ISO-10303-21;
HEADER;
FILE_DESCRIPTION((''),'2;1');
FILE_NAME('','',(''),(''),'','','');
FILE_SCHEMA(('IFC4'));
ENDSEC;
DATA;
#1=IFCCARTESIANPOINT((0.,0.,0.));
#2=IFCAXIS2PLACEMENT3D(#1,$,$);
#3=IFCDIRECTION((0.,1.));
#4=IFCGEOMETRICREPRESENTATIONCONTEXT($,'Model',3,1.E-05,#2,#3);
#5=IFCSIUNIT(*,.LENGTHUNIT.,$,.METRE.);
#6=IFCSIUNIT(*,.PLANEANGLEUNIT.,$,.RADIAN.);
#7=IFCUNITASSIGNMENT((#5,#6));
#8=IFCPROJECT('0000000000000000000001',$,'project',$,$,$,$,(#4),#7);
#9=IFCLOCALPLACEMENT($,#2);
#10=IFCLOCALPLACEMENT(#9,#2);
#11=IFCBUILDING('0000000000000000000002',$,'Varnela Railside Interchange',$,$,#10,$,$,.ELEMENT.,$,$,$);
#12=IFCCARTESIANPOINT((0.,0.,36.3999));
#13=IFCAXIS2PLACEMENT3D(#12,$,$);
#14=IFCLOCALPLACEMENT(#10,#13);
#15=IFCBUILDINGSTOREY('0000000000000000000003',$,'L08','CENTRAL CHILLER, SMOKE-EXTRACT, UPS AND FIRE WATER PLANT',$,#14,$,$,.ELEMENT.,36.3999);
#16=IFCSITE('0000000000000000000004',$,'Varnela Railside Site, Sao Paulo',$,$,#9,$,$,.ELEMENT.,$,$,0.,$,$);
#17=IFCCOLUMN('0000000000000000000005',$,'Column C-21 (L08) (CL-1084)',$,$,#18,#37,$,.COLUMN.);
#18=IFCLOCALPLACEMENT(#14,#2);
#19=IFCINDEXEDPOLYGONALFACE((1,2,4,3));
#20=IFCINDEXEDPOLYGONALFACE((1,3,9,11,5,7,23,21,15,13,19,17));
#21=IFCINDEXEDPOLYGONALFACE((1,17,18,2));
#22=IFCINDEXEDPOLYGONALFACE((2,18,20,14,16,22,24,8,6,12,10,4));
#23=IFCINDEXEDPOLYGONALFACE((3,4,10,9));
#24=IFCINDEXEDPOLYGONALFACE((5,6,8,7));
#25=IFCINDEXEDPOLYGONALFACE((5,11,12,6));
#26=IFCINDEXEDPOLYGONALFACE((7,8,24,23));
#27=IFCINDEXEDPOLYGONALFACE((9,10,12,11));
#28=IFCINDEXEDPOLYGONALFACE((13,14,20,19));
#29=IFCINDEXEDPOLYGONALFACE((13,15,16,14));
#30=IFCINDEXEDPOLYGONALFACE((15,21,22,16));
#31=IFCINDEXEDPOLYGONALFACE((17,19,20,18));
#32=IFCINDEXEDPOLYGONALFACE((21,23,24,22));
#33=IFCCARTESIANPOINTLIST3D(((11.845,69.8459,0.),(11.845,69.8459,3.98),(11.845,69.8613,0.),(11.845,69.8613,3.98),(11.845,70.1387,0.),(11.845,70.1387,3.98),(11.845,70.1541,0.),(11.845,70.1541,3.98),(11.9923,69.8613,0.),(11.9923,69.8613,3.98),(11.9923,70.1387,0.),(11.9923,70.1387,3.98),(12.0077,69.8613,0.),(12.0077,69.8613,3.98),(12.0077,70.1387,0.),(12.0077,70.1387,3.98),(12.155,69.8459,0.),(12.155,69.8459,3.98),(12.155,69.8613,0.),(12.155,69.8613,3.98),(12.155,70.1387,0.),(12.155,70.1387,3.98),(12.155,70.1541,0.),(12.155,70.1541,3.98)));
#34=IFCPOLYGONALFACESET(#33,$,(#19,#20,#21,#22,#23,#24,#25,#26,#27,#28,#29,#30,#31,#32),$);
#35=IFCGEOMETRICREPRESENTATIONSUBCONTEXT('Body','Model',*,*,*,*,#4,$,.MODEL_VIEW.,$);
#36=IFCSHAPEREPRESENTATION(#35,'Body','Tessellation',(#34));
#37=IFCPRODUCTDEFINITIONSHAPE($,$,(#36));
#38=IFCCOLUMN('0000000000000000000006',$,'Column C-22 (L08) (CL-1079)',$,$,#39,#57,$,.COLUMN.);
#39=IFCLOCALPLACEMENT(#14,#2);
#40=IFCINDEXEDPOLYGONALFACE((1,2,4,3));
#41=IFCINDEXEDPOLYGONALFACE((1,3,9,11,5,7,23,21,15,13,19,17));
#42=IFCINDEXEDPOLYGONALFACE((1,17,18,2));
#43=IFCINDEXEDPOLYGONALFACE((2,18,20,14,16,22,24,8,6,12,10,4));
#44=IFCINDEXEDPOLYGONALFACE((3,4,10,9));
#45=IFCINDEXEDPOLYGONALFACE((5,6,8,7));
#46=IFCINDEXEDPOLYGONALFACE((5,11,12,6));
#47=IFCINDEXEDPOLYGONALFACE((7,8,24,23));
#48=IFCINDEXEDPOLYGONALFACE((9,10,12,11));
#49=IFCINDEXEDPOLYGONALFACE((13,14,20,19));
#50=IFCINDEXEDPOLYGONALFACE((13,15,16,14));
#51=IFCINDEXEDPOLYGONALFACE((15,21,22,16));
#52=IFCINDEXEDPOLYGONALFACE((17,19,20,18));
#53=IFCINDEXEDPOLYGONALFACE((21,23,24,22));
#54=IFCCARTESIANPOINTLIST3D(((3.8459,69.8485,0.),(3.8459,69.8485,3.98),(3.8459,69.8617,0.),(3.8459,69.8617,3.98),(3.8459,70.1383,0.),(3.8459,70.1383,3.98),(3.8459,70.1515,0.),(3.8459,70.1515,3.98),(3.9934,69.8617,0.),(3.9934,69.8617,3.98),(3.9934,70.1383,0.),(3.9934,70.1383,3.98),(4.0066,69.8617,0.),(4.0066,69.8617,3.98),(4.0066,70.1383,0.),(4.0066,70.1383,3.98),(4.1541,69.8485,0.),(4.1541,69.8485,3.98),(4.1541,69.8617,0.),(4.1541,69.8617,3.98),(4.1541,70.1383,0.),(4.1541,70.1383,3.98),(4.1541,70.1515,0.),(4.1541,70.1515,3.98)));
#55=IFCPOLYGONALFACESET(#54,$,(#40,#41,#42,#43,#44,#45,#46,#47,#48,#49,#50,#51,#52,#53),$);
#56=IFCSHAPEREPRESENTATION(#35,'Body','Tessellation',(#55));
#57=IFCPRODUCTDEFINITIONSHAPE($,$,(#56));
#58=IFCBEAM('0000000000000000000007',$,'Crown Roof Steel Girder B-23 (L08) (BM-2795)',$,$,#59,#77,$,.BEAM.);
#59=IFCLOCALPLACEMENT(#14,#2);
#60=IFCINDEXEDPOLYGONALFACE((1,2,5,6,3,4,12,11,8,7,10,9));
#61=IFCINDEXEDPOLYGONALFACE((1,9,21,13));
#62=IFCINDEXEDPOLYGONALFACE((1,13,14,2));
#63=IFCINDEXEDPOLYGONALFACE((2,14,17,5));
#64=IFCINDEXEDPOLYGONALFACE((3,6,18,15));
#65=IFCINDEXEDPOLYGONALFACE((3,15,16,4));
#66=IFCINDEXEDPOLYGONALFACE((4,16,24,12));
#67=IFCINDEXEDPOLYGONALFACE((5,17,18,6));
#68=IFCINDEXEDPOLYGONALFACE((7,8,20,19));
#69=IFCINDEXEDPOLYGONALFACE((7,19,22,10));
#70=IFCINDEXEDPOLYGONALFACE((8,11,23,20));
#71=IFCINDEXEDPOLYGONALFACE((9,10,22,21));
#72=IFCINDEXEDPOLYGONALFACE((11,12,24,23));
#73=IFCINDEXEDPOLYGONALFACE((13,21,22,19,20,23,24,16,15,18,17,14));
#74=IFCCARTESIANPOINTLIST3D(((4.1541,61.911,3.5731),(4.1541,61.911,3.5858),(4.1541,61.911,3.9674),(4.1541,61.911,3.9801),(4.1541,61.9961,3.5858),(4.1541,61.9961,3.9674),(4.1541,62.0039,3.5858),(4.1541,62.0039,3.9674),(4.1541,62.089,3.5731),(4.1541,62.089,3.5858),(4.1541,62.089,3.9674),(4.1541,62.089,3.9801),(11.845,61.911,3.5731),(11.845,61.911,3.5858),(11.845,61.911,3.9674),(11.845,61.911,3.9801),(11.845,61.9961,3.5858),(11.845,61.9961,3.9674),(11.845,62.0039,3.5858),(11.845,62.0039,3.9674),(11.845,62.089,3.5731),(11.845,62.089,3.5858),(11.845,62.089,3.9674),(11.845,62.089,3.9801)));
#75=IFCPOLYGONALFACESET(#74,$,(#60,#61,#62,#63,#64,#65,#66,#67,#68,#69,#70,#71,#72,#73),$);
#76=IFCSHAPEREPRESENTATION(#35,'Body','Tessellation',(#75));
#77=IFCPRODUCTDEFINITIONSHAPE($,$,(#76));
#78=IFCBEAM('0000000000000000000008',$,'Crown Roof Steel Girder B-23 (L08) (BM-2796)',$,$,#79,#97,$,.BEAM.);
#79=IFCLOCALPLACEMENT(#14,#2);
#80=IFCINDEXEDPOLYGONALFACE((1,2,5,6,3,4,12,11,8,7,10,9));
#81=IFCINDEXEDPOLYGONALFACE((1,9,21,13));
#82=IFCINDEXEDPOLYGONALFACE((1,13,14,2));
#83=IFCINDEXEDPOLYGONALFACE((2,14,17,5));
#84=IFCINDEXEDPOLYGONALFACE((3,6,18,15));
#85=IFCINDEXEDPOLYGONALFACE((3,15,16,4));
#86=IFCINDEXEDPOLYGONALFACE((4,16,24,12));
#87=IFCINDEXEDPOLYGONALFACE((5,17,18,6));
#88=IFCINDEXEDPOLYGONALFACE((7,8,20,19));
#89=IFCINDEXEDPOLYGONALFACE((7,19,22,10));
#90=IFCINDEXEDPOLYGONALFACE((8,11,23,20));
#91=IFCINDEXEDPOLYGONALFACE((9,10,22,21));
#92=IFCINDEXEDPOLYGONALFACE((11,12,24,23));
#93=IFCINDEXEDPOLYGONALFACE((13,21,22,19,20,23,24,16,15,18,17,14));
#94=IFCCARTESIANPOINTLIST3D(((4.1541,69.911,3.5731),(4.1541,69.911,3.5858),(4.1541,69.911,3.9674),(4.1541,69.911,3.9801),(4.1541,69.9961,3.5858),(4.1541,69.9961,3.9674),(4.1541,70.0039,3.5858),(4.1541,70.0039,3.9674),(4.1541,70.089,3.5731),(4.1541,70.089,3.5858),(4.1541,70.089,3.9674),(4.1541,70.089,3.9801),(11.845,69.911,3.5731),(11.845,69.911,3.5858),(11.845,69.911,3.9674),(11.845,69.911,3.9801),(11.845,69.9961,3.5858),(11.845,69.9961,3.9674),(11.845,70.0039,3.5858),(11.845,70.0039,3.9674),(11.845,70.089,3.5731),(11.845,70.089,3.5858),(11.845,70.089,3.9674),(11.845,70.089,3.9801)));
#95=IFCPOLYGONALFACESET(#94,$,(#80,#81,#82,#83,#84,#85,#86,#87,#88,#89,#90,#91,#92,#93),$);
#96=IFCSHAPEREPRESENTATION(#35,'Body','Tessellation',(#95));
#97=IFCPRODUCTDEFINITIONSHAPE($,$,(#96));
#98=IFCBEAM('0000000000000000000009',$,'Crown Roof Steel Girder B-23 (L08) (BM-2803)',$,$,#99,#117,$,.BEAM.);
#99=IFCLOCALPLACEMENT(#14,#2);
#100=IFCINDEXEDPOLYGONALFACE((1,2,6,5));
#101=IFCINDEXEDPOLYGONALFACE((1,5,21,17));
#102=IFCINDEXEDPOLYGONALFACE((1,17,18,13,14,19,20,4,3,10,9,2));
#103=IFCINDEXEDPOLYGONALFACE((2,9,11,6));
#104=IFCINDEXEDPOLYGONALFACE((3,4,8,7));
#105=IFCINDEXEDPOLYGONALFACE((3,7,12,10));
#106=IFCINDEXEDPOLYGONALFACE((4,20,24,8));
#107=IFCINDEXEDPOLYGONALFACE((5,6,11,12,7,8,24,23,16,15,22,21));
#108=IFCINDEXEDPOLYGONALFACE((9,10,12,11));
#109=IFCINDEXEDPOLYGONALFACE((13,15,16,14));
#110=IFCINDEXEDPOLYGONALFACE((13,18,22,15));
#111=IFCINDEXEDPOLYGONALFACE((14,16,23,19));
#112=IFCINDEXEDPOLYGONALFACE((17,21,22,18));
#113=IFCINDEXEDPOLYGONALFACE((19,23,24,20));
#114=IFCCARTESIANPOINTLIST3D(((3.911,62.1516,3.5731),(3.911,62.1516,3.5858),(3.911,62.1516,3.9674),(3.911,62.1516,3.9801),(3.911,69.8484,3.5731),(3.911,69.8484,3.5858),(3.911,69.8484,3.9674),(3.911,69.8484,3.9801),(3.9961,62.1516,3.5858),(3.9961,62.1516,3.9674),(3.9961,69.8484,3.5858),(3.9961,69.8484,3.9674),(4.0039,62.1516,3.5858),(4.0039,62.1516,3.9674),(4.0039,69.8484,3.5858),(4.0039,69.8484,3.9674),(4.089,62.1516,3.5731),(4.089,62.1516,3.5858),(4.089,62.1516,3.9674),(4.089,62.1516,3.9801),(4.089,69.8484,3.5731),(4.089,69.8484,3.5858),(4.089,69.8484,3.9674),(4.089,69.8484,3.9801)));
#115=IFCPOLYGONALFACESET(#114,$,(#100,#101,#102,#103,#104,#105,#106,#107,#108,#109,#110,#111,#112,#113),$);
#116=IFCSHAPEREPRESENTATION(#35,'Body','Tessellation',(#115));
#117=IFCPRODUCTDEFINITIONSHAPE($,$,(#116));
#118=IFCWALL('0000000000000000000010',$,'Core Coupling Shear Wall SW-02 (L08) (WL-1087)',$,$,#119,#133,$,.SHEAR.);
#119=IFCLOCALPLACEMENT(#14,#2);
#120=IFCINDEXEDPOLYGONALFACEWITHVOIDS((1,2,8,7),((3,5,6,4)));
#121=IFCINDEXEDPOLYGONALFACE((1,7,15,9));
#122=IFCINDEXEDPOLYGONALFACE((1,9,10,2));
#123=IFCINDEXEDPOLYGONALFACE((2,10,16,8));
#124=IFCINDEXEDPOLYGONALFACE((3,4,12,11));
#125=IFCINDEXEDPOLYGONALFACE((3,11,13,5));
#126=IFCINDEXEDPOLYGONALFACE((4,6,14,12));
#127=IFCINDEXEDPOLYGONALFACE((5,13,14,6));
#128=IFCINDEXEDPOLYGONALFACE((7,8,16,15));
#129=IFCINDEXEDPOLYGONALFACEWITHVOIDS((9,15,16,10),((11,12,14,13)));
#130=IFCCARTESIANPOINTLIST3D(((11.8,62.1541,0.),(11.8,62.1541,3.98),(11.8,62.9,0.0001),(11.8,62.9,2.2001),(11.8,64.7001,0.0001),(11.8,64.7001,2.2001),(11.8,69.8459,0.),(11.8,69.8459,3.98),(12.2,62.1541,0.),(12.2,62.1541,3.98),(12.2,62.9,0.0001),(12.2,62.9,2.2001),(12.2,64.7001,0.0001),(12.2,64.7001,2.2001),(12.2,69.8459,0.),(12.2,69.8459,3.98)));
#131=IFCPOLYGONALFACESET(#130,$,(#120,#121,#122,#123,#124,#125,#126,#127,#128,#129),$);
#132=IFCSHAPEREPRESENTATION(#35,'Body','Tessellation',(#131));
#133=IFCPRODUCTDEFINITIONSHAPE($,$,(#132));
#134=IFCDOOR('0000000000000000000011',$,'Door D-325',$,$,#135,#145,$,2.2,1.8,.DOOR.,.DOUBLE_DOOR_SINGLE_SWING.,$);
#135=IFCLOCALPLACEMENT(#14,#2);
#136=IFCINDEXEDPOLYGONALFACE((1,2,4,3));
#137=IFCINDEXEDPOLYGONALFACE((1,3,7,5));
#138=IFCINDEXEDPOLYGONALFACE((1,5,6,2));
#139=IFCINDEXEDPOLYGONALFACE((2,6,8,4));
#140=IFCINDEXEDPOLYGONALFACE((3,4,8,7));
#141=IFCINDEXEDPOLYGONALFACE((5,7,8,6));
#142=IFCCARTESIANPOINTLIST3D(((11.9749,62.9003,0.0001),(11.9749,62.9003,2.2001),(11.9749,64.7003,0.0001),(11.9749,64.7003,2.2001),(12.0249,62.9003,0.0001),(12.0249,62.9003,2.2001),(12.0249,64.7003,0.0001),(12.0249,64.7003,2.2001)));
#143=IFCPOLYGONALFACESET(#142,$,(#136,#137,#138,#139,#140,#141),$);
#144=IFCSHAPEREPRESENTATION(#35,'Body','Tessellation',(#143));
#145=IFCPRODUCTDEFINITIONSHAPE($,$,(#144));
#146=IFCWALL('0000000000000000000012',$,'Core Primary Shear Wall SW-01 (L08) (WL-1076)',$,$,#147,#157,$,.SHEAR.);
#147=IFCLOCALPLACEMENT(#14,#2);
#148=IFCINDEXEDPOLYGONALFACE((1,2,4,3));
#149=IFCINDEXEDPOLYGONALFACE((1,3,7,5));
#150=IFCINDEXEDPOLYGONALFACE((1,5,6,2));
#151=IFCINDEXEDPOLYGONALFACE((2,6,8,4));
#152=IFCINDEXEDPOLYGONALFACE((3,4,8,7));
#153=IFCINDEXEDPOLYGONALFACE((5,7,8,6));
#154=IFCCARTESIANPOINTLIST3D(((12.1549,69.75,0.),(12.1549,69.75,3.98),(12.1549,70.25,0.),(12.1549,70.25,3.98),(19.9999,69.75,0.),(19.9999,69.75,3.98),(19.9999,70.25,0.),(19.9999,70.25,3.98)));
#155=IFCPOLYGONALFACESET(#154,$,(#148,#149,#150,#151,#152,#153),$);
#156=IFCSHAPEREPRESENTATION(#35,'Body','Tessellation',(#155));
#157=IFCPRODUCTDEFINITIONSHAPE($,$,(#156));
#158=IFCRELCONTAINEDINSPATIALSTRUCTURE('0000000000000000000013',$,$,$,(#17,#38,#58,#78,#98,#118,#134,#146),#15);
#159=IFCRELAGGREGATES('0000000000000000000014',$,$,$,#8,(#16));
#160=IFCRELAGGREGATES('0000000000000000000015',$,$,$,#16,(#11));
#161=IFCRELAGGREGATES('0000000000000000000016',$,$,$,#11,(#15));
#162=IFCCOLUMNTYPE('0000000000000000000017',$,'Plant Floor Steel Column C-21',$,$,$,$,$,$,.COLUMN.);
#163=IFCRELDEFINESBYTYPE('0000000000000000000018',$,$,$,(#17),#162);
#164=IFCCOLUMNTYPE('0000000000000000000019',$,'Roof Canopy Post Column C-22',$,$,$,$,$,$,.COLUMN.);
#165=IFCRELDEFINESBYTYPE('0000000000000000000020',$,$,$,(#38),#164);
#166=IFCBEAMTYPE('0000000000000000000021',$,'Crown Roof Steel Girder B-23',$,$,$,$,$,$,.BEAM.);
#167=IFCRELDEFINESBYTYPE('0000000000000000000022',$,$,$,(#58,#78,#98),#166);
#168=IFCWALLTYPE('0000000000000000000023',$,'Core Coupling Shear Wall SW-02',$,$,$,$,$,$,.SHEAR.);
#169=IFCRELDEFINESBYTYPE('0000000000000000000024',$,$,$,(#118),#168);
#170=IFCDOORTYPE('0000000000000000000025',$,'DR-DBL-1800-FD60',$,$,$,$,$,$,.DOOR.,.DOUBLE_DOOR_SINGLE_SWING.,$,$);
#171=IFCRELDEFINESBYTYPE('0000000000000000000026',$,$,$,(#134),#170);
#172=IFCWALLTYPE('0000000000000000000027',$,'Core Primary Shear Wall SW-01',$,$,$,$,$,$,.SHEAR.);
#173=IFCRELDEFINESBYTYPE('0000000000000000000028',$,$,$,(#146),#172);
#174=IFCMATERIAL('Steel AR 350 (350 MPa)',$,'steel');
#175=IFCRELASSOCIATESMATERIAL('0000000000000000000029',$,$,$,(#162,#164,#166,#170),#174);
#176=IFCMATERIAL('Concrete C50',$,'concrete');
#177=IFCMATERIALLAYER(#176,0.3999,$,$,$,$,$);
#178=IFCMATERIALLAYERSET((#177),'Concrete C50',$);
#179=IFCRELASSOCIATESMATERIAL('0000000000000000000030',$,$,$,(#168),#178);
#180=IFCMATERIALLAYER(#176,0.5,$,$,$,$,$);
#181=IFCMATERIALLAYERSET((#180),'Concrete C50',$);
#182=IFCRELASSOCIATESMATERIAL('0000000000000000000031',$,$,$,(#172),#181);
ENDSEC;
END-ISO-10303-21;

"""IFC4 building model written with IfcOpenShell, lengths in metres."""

from ifc_helpers import new_model, si_unit, direction, frame, frame_2d, origin, origin_2d, place, context, subcontext, project, spatial, rectangle, i_section, extrude, material, layer, layer_set, material_profile, profile_set, type_object, element, fill, save


model = new_model("IFC4")

# Units and contexts
model_context = context("Model", 3, precision=1e-05, world=origin(), true_north=direction((0.0, 1.0)))
body_context = subcontext(model_context, "Body", "Model", "MODEL_VIEW")
ifc_project = project(units=[si_unit("LENGTHUNIT", "METRE"), si_unit("PLANEANGLEUNIT", "RADIAN")], contexts=[model_context])

# Site, building, storey
site_placement = place(None, origin())
site = spatial("IfcSite", under=ifc_project, at=site_placement, Name="Varnela Railside Site, Sao Paulo", CompositionType="ELEMENT", RefElevation=0.0)
building_placement = place(site_placement, origin())
building = spatial("IfcBuilding", under=site, at=building_placement, Name="Varnela Railside Interchange", CompositionType="ELEMENT")
storey_placement = place(building_placement, frame((0.0, 0.0, 36.3999)))
storey = spatial("IfcBuildingStorey", under=building, at=storey_placement, Name="L08", Description="CENTRAL CHILLER, SMOKE-EXTRACT, UPS AND FIRE WATER PLANT", CompositionType="ELEMENT", Elevation=36.3999)

# Columns
ifc_material_1 = material(Name="Steel AR 350 (350 MPa)", Category="steel")
ifc_material_profile_1 = material_profile(ifc_material_1, i_section(OverallWidth=0.3101, OverallDepth=0.3081, WebThickness=0.0154, FlangeThickness=0.0154, at=origin_2d()), Name="HP310x110")
ifc_profile_set_1 = profile_set([ifc_material_profile_1], Name="Steel AR 350 (350 MPa)")
column_type_1 = type_object("IfcColumnType", Name="Plant Floor Steel Column C-21", PredefinedType="COLUMN", material=ifc_profile_set_1)
column_1_placement = place(storey_placement, frame((12.0, 70.0, 0.0), z_axis=(0.0, 0.0, 1.0), x_axis=(1.0, 0.0, 0.0)))
element("IfcColumn", 1, at=column_1_placement, inside=storey, type_object=column_type_1, Name="Column C-21 (L08) (CL-1084)", PredefinedType="COLUMN", context=body_context, shape_type="SweptSolid", body=[
    extrude(i_section(OverallWidth=0.3101, OverallDepth=0.3081, WebThickness=0.0154, FlangeThickness=0.0154, at=origin_2d()), origin(), (0.0, 0.0, 1.0), 3.98),
])
ifc_material_profile_2 = material_profile(ifc_material_1, i_section(OverallWidth=0.3081, OverallDepth=0.303, WebThickness=0.0132, FlangeThickness=0.0132, at=origin_2d()), Name="HP310x93")
ifc_profile_set_2 = profile_set([ifc_material_profile_2], Name="Steel AR 350 (350 MPa)")
column_type_2 = type_object("IfcColumnType", Name="Roof Canopy Post Column C-22", PredefinedType="COLUMN", material=ifc_profile_set_2)
column_2_placement = place(storey_placement, frame((4.0, 70.0, 0.0), z_axis=(0.0, 0.0, 1.0), x_axis=(1.0, 0.0, 0.0)))
element("IfcColumn", 2, at=column_2_placement, inside=storey, type_object=column_type_2, Name="Column C-22 (L08) (CL-1079)", PredefinedType="COLUMN", context=body_context, shape_type="SweptSolid", body=[
    extrude(i_section(OverallWidth=0.3081, OverallDepth=0.303, WebThickness=0.0132, FlangeThickness=0.0132, at=origin_2d()), origin(), (0.0, 0.0, 1.0), 3.98),
])

# Beams
ifc_material_profile_3 = material_profile(ifc_material_1, i_section(OverallWidth=0.178, OverallDepth=0.407, WebThickness=0.0078, FlangeThickness=0.0127, at=origin_2d()), Name="W410x60")
ifc_profile_set_3 = profile_set([ifc_material_profile_3], Name="Steel AR 350 (350 MPa)")
beam_type = type_object("IfcBeamType", Name="Crown Roof Steel Girder B-23", PredefinedType="BEAM", material=ifc_profile_set_3)
for number, where, z_axis, x_axis, name in (
    (3, (4.1541, 62.0, 3.7766), (1.0, 0.0, 0.0), (0.0, 1.0, 0.0), "Crown Roof Steel Girder B-23 (L08) (BM-2795)"),
    (4, (4.1541, 70.0, 3.7766), (1.0, 0.0, 0.0), (0.0, 1.0, 0.0), "Crown Roof Steel Girder B-23 (L08) (BM-2796)"),
):
    element("IfcBeam", number, at=place(storey_placement, frame(where, z_axis=z_axis, x_axis=x_axis)), inside=storey, type_object=beam_type, Name=name, PredefinedType="BEAM", context=body_context, shape_type="SweptSolid", body=[
        extrude(i_section(OverallWidth=0.178, OverallDepth=0.407, WebThickness=0.0078, FlangeThickness=0.0127, at=origin_2d()), origin(), (0.0, 0.0, 1.0), 7.6909),
    ])
beam_placement = place(storey_placement, frame((4.0, 62.1516, 3.7766), z_axis=(0.0, 1.0, 0.0), x_axis=(-1.0, 0.0, 0.0)))
element("IfcBeam", 5, at=beam_placement, inside=storey, type_object=beam_type, Name="Crown Roof Steel Girder B-23 (L08) (BM-2803)", PredefinedType="BEAM", context=body_context, shape_type="SweptSolid", body=[
    extrude(i_section(OverallWidth=0.178, OverallDepth=0.407, WebThickness=0.0078, FlangeThickness=0.0127, at=origin_2d()), origin(), (0.0, 0.0, 1.0), 7.6968),
])

# Wall, opening, door
ifc_material_2 = material(Name="Concrete C50", Category="concrete")
ifc_layer_1 = layer(ifc_material_2, 0.3999)
ifc_layer_set_1 = layer_set([ifc_layer_1], Name="Concrete C50")
wall_type_1 = type_object("IfcWallType", Name="Core Coupling Shear Wall SW-02", PredefinedType="SHEAR", material=ifc_layer_set_1)
wall_1_placement = place(storey_placement, frame((12.0, 62.1541, 0.0), z_axis=(0.0, 0.0, 1.0), x_axis=(0.0, 1.0, 0.0)))
wall_1 = element("IfcWall", 6, at=wall_1_placement, inside=storey, type_object=wall_type_1, Name="Core Coupling Shear Wall SW-02 (L08) (WL-1087)", PredefinedType="SHEAR", context=body_context, shape_type="SweptSolid", body=[
    extrude(rectangle(XDim=7.6919, YDim=0.3999, at=frame_2d((3.8459, 0.0))), origin(), (0.0, 0.0, 1.0), 3.98),
])
opening_1_placement = place(wall_1_placement, frame((0.7461, 0.0, 0.0)))
opening_1 = element("IfcOpeningElement", 7, at=opening_1_placement, cuts=wall_1, PredefinedType="OPENING", context=body_context, shape_type="SweptSolid", body=[
    extrude(rectangle(XDim=1.8, YDim=2.2, at=frame_2d((0.8999, 1.1001))), frame((0.0, 0.21, 0.0), z_axis=(0.0, -1.0, 0.0), x_axis=(1.0, 0.0, 0.0)), (0.0, 0.0, 1.0), 0.4199),
])
door_type_1 = type_object("IfcDoorType", Name="DR-DBL-1800-FD60", OperationType="DOUBLE_DOOR_SINGLE_SWING", PredefinedType="DOOR", material=ifc_material_1)
door_1_placement = place(opening_1_placement, frame((1.8, 0.0, 0.0), z_axis=(0.0, 0.0, 1.0), x_axis=(-1.0, 0.0, 0.0)))
door_1 = element("IfcDoor", 8, at=door_1_placement, inside=storey, type_object=door_type_1, Name="Door D-325", OperationType="DOUBLE_DOOR_SINGLE_SWING", OverallHeight=2.2, OverallWidth=1.8, PredefinedType="DOOR", context=body_context, shape_type="SweptSolid", body=[
    extrude(rectangle(XDim=1.8, YDim=2.2, at=frame_2d((0.8999, 1.1001))), frame((0.0, 0.0249, 0.0), z_axis=(0.0, -1.0, 0.0), x_axis=(1.0, 0.0, 0.0)), (0.0, 0.0, 1.0), 0.05),
])
fill(opening_1, door_1)

# Wall
ifc_layer_2 = layer(ifc_material_2, 0.5)
ifc_layer_set_2 = layer_set([ifc_layer_2], Name="Concrete C50")
wall_type_2 = type_object("IfcWallType", Name="Core Primary Shear Wall SW-01", PredefinedType="SHEAR", material=ifc_layer_set_2)
wall_2_placement = place(storey_placement, frame((12.155, 70.0, 0.0), z_axis=(0.0, 0.0, 1.0), x_axis=(1.0, 0.0, 0.0)))
element("IfcWall", 9, at=wall_2_placement, inside=storey, type_object=wall_type_2, Name="Core Primary Shear Wall SW-01 (L08) (WL-1076)", PredefinedType="SHEAR", context=body_context, shape_type="SweptSolid", body=[
    extrude(rectangle(XDim=7.845, YDim=0.5, at=frame_2d((3.9224, 0.0))), origin(), (0.0, 0.0, 1.0), 3.98),
])

save(model, "model.ifc")
